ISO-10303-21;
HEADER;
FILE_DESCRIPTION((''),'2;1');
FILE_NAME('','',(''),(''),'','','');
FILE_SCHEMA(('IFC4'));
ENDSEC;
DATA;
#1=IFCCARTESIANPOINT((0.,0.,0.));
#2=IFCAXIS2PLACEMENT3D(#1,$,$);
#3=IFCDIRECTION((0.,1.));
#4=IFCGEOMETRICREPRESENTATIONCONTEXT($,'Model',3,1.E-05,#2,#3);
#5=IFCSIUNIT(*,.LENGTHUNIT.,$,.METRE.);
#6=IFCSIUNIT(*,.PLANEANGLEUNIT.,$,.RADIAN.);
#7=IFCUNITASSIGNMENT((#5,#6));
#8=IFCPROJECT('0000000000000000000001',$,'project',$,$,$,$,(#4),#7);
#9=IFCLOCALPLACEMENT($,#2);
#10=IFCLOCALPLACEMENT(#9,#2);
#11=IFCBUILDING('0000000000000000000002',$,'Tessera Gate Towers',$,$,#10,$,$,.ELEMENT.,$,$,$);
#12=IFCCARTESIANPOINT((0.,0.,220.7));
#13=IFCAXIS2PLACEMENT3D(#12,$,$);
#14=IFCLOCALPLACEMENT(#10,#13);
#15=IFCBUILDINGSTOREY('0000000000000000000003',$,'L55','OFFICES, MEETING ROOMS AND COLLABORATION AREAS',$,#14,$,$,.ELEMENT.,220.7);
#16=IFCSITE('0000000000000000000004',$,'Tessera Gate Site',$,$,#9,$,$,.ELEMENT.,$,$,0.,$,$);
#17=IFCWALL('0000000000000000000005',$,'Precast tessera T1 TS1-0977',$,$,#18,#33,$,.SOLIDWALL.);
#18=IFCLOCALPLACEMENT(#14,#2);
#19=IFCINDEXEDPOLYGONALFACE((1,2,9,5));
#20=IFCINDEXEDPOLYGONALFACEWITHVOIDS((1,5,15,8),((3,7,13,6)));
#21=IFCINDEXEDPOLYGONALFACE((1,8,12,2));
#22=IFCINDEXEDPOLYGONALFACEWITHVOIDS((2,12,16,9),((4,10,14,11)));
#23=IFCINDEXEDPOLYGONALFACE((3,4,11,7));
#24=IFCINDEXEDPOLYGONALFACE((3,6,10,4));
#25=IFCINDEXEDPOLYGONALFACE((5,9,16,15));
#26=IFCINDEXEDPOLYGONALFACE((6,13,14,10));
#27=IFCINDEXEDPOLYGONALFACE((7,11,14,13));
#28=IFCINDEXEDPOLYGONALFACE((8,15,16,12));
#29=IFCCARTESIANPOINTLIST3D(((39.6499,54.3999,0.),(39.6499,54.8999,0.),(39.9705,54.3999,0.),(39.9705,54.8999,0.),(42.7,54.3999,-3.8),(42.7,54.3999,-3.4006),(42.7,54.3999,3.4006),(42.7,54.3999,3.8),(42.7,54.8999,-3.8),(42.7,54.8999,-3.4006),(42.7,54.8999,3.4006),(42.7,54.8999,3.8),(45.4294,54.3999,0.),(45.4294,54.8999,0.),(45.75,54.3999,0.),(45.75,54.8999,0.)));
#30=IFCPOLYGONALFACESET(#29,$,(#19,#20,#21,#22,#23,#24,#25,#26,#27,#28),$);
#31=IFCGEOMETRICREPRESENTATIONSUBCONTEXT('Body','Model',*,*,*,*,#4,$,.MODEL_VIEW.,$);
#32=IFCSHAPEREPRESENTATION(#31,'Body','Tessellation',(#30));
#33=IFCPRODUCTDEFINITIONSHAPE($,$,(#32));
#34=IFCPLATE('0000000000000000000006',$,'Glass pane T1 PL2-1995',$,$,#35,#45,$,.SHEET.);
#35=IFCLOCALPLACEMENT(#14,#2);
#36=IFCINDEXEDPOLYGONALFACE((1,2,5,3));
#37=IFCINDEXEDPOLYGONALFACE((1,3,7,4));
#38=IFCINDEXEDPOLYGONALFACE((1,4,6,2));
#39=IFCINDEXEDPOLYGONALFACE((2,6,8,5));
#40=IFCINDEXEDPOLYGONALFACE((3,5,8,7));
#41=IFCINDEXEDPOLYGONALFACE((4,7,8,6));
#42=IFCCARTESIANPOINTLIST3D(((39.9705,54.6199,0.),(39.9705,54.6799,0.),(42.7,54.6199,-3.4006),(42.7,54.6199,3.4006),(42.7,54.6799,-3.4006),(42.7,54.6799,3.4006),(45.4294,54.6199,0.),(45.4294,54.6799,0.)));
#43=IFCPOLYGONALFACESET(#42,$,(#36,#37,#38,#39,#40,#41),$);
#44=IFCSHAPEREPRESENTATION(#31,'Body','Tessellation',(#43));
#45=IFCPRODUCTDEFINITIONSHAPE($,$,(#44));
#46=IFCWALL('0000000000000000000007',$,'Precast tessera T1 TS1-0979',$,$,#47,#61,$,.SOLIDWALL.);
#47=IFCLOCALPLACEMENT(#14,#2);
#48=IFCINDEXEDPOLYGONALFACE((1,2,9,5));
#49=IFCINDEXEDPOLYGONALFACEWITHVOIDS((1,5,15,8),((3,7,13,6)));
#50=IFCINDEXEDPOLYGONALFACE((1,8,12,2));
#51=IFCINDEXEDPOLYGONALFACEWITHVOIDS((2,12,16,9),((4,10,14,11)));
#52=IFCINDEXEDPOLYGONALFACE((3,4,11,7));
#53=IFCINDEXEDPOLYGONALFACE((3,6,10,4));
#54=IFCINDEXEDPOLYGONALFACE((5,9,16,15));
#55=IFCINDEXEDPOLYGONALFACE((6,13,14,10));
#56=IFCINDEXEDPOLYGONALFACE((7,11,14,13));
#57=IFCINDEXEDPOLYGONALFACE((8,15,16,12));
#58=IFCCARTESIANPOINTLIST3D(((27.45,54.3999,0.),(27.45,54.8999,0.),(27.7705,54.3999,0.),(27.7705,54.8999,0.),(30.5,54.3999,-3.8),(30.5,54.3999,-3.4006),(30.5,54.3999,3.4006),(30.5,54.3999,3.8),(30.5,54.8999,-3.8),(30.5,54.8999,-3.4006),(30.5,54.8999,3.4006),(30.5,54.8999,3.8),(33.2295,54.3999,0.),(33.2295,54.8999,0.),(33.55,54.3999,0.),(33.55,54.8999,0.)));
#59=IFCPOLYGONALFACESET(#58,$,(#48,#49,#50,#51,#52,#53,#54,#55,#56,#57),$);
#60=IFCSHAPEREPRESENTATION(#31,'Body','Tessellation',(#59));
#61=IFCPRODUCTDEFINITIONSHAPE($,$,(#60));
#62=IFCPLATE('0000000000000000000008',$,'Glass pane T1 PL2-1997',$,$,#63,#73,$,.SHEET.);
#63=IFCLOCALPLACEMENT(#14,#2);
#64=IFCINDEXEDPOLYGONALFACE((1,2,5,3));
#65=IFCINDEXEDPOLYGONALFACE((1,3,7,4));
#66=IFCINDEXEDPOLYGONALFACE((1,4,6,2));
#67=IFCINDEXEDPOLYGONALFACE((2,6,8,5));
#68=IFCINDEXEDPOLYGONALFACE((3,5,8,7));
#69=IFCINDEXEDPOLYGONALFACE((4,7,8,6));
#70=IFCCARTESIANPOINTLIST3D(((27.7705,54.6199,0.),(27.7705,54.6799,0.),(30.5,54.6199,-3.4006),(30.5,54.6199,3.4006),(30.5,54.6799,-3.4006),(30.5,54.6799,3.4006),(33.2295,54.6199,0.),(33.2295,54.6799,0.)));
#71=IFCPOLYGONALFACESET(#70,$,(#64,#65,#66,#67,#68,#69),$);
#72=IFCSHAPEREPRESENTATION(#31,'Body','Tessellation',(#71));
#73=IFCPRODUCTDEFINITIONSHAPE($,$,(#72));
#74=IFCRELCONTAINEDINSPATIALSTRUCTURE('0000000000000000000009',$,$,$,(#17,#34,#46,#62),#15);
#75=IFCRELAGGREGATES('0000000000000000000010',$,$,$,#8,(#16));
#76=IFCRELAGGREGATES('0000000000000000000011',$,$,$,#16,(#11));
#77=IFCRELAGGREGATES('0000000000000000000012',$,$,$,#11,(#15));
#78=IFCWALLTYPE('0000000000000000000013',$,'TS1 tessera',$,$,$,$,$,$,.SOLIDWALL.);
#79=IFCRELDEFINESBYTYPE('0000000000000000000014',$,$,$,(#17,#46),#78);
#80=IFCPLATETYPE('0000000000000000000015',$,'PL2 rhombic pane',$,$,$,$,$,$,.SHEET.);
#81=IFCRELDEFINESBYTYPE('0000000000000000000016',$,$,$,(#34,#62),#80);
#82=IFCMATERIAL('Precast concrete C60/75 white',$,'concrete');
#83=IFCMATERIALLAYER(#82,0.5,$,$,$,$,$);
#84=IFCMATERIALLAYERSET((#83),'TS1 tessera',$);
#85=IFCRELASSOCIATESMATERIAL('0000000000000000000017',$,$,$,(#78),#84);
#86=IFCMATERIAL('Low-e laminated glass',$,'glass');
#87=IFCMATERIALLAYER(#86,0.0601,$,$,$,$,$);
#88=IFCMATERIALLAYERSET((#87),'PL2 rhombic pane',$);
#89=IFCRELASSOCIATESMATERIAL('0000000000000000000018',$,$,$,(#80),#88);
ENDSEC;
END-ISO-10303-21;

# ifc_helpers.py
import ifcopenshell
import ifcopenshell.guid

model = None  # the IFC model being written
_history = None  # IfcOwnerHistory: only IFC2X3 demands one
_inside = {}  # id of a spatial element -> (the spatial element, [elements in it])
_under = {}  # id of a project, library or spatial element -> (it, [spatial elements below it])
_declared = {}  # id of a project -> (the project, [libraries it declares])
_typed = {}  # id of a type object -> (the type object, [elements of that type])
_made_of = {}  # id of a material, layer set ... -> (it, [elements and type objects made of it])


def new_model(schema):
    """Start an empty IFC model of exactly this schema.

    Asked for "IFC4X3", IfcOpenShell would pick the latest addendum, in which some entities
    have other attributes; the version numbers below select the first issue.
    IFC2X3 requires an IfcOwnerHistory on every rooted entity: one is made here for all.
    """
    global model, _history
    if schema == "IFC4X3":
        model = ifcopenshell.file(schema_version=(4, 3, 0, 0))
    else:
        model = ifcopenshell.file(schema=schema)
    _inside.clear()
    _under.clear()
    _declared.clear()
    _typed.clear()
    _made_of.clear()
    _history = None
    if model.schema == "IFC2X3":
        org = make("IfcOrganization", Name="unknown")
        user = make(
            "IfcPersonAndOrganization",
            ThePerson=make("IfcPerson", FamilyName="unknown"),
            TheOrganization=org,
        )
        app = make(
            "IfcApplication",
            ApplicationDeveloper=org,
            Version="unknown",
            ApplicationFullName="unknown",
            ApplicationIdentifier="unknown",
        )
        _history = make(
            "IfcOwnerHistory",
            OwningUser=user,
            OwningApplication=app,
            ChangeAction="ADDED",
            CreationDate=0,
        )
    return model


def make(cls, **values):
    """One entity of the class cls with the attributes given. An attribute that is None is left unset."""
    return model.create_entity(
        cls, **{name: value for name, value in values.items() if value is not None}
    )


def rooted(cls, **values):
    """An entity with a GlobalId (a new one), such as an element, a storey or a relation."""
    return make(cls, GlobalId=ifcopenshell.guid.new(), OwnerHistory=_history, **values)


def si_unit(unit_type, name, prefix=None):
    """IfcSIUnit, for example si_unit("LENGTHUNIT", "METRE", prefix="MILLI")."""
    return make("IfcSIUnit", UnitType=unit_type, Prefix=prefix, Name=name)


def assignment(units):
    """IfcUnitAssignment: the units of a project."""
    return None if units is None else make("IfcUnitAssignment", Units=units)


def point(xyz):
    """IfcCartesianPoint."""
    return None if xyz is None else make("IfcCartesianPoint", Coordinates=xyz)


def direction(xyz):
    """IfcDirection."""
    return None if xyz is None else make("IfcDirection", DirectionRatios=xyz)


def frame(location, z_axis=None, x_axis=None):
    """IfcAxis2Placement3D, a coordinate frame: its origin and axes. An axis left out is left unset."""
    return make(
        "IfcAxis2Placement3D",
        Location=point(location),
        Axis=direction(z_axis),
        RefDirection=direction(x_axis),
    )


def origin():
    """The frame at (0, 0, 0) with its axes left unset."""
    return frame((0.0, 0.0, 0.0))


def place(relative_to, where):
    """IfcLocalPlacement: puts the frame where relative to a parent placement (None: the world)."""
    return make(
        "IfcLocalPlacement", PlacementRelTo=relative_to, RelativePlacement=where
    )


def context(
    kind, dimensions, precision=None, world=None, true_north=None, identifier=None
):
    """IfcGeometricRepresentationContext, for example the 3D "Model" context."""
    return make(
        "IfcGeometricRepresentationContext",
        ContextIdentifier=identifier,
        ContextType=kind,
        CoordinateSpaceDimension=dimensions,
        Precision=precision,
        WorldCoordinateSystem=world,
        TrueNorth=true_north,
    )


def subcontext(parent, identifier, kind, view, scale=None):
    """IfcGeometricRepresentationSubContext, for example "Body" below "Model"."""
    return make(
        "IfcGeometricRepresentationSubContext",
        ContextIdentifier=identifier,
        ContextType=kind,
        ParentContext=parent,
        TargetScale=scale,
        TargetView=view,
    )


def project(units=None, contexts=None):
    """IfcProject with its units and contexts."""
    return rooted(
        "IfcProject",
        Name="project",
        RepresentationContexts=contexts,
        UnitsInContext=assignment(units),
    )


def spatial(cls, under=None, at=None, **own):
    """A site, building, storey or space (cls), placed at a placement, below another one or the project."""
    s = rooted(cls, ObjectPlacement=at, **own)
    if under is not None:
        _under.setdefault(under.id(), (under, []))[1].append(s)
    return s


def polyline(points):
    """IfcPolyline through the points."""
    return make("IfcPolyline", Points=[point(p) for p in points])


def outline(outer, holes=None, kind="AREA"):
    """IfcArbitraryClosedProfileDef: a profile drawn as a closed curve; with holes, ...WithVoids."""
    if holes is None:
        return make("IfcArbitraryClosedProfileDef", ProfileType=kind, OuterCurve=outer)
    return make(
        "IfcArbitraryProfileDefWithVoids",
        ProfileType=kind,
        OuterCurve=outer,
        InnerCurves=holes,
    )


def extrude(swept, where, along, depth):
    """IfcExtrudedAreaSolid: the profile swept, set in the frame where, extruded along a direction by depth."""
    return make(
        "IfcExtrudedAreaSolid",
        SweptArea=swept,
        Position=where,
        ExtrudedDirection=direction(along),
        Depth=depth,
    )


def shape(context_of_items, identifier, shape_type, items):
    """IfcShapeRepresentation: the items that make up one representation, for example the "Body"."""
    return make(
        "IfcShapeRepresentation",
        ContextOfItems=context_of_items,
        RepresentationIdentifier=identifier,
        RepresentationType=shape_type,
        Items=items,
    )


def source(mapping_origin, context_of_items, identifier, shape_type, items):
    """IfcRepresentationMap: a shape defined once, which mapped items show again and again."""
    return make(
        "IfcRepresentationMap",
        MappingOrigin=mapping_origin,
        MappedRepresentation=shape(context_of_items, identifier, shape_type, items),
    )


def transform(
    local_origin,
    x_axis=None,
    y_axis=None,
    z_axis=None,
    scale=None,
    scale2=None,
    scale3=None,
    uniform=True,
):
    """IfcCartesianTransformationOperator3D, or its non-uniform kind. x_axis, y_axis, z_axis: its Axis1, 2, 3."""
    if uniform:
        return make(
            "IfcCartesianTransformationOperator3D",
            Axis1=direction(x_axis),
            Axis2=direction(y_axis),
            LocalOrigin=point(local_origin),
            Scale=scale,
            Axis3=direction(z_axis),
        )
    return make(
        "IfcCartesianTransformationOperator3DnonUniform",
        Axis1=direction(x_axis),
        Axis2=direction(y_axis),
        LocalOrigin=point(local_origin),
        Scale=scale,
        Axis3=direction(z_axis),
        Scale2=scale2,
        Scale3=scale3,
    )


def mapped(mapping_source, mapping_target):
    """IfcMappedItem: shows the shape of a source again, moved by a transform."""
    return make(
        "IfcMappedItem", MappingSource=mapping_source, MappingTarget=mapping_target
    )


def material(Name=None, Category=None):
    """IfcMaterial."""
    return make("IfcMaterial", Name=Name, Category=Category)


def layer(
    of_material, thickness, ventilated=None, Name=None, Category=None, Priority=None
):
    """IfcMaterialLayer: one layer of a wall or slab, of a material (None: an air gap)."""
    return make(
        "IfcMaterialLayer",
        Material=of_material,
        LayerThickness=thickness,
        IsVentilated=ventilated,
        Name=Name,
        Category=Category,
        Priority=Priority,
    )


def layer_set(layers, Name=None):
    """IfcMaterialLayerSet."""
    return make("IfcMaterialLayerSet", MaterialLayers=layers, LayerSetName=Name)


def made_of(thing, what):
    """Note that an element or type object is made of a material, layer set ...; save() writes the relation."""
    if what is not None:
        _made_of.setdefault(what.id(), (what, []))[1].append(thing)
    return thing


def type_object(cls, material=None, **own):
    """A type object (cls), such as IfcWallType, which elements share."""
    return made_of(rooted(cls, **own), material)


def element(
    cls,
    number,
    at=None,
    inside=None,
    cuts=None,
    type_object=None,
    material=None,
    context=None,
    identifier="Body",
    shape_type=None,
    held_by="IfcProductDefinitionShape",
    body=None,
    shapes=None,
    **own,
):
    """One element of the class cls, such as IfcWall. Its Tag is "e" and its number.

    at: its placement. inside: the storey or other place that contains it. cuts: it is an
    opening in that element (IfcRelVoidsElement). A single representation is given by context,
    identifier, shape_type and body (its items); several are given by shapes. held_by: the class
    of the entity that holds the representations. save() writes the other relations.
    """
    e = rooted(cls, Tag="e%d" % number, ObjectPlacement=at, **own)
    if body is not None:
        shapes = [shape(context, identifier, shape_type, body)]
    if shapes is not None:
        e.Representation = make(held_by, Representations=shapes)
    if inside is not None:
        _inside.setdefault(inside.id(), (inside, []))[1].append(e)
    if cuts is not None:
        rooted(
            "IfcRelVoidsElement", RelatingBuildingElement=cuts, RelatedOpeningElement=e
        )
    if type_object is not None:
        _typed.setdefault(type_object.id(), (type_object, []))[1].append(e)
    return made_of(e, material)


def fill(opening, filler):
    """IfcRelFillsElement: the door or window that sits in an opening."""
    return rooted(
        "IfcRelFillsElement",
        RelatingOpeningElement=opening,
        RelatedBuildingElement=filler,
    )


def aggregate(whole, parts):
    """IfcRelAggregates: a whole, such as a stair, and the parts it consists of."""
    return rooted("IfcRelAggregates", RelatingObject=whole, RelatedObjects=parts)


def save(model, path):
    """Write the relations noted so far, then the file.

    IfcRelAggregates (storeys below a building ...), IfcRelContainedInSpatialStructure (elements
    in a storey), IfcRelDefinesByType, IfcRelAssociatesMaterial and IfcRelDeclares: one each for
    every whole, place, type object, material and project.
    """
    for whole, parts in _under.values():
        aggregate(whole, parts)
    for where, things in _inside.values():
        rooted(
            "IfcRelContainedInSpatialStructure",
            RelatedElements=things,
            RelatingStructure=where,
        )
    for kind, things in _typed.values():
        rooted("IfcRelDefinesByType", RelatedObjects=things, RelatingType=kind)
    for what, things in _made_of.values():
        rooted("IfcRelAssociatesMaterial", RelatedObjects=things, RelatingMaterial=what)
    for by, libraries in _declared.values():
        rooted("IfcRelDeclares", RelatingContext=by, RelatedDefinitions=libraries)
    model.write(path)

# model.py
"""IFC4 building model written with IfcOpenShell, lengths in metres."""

from ifc_helpers import new_model, si_unit, direction, frame, origin, place, context, subcontext, project, spatial, polyline, outline, extrude, source, transform, mapped, material, layer, layer_set, type_object, element, fill, save


model = new_model("IFC4")

# Units and contexts
model_context = context("Model", 3, precision=1e-05, world=origin(), true_north=direction((0.0, 1.0)))
body_context = subcontext(model_context, "Body", "Model", "MODEL_VIEW")
ifc_project = project(units=[si_unit("LENGTHUNIT", "METRE"), si_unit("PLANEANGLEUNIT", "RADIAN")], contexts=[model_context])

# Site, building, storey
site_placement = place(None, origin())
site = spatial("IfcSite", under=ifc_project, at=site_placement, Name="Tessera Gate Site", CompositionType="ELEMENT", RefElevation=0.0)
building_placement = place(site_placement, origin())
building = spatial("IfcBuilding", under=site, at=building_placement, Name="Tessera Gate Towers", CompositionType="ELEMENT")
storey_placement = place(building_placement, frame((0.0, 0.0, 220.7)))
storey = spatial("IfcBuildingStorey", under=building, at=storey_placement, Name="L55", Description="OFFICES, MEETING ROOMS AND COLLABORATION AREAS", CompositionType="ELEMENT", Elevation=220.7)

# Walls, openings, plates
ifc_material_1 = material(Name="Precast concrete C60/75 white", Category="concrete")
ifc_layer_1 = layer(ifc_material_1, 0.5)
ifc_layer_set_1 = layer_set([ifc_layer_1], Name="TS1 tessera")
wall_type_1 = type_object("IfcWallType", Name="TS1 tessera", PredefinedType="SOLIDWALL", material=ifc_layer_set_1)
shared_shape_1 = source(origin(), body_context, "Body", "SweptSolid", [
    extrude(outline(polyline([(3.05, 0.0), (6.1001, 3.8), (3.05, 7.6001), (0.0, 3.8), (3.05, 0.0)])), frame((0.0, 0.25, 0.0), z_axis=(0.0, -1.0, 0.0), x_axis=(1.0, 0.0, 0.0)), (0.0, 0.0, 1.0), 0.5),
])
wall_1_placement = place(storey_placement, frame((45.75, 54.6499, -3.8), z_axis=(0.0, 0.0, 1.0), x_axis=(-1.0, 0.0, 0.0)))
wall_1 = element("IfcWall", 1, at=wall_1_placement, inside=storey, type_object=wall_type_1, Name="Precast tessera T1 TS1-0977", PredefinedType="SOLIDWALL", context=body_context, shape_type="MappedRepresentation", body=[
    mapped(shared_shape_1, transform((0.0, 0.0, 0.0), scale=1.0)),
])
shared_shape_2 = source(origin(), body_context, "Body", "SweptSolid", [
    extrude(outline(polyline([(3.05, 0.3994), (5.7795, 3.8), (3.05, 7.2007), (0.3206, 3.8), (3.05, 0.3994)])), frame((0.0, 0.26, 0.0), z_axis=(0.0, -1.0, 0.0), x_axis=(1.0, 0.0, 0.0)), (0.0, 0.0, 1.0), 0.52),
])
opening_1_placement = place(wall_1_placement, origin())
opening_1 = element("IfcOpeningElement", 2, at=opening_1_placement, cuts=wall_1, PredefinedType="OPENING", context=body_context, shape_type="MappedRepresentation", body=[
    mapped(shared_shape_2, transform((0.0, 0.0, 0.0), scale=1.0)),
])
ifc_material_2 = material(Name="Low-e laminated glass", Category="glass")
ifc_layer_2 = layer(ifc_material_2, 0.0601)
ifc_layer_set_2 = layer_set([ifc_layer_2], Name="PL2 rhombic pane")
plate_type = type_object("IfcPlateType", Name="PL2 rhombic pane", PredefinedType="SHEET", material=ifc_layer_set_2)
shared_shape_3 = source(origin(), body_context, "Body", "SweptSolid", [
    extrude(outline(polyline([(3.05, 0.3994), (5.7795, 3.8), (3.05, 7.2007), (0.3206, 3.8), (3.05, 0.3994)])), frame((0.0, 0.03, 0.0), z_axis=(0.0, -1.0, 0.0), x_axis=(1.0, 0.0, 0.0)), (0.0, 0.0, 1.0), 0.0601),
])
plate_1_placement = place(opening_1_placement, origin())
plate_1 = element("IfcPlate", 3, at=plate_1_placement, inside=storey, type_object=plate_type, Name="Glass pane T1 PL2-1995", PredefinedType="SHEET", context=body_context, shape_type="MappedRepresentation", body=[
    mapped(shared_shape_3, transform((0.0, 0.0, 0.0), scale=1.0)),
])
fill(opening_1, plate_1)
wall_2_placement = place(storey_placement, frame((33.55, 54.6499, -3.8), z_axis=(0.0, 0.0, 1.0), x_axis=(-1.0, 0.0, 0.0)))
wall_2 = element("IfcWall", 4, at=wall_2_placement, inside=storey, type_object=wall_type_1, Name="Precast tessera T1 TS1-0979", PredefinedType="SOLIDWALL", context=body_context, shape_type="MappedRepresentation", body=[
    mapped(shared_shape_1, transform((0.0, 0.0, 0.0), scale=1.0)),
])
opening_2_placement = place(wall_2_placement, origin())
opening_2 = element("IfcOpeningElement", 5, at=opening_2_placement, cuts=wall_2, PredefinedType="OPENING", context=body_context, shape_type="MappedRepresentation", body=[
    mapped(shared_shape_2, transform((0.0, 0.0, 0.0), scale=1.0)),
])
plate_2_placement = place(opening_2_placement, origin())
plate_2 = element("IfcPlate", 6, at=plate_2_placement, inside=storey, type_object=plate_type, Name="Glass pane T1 PL2-1997", PredefinedType="SHEET", context=body_context, shape_type="MappedRepresentation", body=[
    mapped(shared_shape_3, transform((0.0, 0.0, 0.0), scale=1.0)),
])
fill(opening_2, plate_2)

save(model, "model.ifc")
